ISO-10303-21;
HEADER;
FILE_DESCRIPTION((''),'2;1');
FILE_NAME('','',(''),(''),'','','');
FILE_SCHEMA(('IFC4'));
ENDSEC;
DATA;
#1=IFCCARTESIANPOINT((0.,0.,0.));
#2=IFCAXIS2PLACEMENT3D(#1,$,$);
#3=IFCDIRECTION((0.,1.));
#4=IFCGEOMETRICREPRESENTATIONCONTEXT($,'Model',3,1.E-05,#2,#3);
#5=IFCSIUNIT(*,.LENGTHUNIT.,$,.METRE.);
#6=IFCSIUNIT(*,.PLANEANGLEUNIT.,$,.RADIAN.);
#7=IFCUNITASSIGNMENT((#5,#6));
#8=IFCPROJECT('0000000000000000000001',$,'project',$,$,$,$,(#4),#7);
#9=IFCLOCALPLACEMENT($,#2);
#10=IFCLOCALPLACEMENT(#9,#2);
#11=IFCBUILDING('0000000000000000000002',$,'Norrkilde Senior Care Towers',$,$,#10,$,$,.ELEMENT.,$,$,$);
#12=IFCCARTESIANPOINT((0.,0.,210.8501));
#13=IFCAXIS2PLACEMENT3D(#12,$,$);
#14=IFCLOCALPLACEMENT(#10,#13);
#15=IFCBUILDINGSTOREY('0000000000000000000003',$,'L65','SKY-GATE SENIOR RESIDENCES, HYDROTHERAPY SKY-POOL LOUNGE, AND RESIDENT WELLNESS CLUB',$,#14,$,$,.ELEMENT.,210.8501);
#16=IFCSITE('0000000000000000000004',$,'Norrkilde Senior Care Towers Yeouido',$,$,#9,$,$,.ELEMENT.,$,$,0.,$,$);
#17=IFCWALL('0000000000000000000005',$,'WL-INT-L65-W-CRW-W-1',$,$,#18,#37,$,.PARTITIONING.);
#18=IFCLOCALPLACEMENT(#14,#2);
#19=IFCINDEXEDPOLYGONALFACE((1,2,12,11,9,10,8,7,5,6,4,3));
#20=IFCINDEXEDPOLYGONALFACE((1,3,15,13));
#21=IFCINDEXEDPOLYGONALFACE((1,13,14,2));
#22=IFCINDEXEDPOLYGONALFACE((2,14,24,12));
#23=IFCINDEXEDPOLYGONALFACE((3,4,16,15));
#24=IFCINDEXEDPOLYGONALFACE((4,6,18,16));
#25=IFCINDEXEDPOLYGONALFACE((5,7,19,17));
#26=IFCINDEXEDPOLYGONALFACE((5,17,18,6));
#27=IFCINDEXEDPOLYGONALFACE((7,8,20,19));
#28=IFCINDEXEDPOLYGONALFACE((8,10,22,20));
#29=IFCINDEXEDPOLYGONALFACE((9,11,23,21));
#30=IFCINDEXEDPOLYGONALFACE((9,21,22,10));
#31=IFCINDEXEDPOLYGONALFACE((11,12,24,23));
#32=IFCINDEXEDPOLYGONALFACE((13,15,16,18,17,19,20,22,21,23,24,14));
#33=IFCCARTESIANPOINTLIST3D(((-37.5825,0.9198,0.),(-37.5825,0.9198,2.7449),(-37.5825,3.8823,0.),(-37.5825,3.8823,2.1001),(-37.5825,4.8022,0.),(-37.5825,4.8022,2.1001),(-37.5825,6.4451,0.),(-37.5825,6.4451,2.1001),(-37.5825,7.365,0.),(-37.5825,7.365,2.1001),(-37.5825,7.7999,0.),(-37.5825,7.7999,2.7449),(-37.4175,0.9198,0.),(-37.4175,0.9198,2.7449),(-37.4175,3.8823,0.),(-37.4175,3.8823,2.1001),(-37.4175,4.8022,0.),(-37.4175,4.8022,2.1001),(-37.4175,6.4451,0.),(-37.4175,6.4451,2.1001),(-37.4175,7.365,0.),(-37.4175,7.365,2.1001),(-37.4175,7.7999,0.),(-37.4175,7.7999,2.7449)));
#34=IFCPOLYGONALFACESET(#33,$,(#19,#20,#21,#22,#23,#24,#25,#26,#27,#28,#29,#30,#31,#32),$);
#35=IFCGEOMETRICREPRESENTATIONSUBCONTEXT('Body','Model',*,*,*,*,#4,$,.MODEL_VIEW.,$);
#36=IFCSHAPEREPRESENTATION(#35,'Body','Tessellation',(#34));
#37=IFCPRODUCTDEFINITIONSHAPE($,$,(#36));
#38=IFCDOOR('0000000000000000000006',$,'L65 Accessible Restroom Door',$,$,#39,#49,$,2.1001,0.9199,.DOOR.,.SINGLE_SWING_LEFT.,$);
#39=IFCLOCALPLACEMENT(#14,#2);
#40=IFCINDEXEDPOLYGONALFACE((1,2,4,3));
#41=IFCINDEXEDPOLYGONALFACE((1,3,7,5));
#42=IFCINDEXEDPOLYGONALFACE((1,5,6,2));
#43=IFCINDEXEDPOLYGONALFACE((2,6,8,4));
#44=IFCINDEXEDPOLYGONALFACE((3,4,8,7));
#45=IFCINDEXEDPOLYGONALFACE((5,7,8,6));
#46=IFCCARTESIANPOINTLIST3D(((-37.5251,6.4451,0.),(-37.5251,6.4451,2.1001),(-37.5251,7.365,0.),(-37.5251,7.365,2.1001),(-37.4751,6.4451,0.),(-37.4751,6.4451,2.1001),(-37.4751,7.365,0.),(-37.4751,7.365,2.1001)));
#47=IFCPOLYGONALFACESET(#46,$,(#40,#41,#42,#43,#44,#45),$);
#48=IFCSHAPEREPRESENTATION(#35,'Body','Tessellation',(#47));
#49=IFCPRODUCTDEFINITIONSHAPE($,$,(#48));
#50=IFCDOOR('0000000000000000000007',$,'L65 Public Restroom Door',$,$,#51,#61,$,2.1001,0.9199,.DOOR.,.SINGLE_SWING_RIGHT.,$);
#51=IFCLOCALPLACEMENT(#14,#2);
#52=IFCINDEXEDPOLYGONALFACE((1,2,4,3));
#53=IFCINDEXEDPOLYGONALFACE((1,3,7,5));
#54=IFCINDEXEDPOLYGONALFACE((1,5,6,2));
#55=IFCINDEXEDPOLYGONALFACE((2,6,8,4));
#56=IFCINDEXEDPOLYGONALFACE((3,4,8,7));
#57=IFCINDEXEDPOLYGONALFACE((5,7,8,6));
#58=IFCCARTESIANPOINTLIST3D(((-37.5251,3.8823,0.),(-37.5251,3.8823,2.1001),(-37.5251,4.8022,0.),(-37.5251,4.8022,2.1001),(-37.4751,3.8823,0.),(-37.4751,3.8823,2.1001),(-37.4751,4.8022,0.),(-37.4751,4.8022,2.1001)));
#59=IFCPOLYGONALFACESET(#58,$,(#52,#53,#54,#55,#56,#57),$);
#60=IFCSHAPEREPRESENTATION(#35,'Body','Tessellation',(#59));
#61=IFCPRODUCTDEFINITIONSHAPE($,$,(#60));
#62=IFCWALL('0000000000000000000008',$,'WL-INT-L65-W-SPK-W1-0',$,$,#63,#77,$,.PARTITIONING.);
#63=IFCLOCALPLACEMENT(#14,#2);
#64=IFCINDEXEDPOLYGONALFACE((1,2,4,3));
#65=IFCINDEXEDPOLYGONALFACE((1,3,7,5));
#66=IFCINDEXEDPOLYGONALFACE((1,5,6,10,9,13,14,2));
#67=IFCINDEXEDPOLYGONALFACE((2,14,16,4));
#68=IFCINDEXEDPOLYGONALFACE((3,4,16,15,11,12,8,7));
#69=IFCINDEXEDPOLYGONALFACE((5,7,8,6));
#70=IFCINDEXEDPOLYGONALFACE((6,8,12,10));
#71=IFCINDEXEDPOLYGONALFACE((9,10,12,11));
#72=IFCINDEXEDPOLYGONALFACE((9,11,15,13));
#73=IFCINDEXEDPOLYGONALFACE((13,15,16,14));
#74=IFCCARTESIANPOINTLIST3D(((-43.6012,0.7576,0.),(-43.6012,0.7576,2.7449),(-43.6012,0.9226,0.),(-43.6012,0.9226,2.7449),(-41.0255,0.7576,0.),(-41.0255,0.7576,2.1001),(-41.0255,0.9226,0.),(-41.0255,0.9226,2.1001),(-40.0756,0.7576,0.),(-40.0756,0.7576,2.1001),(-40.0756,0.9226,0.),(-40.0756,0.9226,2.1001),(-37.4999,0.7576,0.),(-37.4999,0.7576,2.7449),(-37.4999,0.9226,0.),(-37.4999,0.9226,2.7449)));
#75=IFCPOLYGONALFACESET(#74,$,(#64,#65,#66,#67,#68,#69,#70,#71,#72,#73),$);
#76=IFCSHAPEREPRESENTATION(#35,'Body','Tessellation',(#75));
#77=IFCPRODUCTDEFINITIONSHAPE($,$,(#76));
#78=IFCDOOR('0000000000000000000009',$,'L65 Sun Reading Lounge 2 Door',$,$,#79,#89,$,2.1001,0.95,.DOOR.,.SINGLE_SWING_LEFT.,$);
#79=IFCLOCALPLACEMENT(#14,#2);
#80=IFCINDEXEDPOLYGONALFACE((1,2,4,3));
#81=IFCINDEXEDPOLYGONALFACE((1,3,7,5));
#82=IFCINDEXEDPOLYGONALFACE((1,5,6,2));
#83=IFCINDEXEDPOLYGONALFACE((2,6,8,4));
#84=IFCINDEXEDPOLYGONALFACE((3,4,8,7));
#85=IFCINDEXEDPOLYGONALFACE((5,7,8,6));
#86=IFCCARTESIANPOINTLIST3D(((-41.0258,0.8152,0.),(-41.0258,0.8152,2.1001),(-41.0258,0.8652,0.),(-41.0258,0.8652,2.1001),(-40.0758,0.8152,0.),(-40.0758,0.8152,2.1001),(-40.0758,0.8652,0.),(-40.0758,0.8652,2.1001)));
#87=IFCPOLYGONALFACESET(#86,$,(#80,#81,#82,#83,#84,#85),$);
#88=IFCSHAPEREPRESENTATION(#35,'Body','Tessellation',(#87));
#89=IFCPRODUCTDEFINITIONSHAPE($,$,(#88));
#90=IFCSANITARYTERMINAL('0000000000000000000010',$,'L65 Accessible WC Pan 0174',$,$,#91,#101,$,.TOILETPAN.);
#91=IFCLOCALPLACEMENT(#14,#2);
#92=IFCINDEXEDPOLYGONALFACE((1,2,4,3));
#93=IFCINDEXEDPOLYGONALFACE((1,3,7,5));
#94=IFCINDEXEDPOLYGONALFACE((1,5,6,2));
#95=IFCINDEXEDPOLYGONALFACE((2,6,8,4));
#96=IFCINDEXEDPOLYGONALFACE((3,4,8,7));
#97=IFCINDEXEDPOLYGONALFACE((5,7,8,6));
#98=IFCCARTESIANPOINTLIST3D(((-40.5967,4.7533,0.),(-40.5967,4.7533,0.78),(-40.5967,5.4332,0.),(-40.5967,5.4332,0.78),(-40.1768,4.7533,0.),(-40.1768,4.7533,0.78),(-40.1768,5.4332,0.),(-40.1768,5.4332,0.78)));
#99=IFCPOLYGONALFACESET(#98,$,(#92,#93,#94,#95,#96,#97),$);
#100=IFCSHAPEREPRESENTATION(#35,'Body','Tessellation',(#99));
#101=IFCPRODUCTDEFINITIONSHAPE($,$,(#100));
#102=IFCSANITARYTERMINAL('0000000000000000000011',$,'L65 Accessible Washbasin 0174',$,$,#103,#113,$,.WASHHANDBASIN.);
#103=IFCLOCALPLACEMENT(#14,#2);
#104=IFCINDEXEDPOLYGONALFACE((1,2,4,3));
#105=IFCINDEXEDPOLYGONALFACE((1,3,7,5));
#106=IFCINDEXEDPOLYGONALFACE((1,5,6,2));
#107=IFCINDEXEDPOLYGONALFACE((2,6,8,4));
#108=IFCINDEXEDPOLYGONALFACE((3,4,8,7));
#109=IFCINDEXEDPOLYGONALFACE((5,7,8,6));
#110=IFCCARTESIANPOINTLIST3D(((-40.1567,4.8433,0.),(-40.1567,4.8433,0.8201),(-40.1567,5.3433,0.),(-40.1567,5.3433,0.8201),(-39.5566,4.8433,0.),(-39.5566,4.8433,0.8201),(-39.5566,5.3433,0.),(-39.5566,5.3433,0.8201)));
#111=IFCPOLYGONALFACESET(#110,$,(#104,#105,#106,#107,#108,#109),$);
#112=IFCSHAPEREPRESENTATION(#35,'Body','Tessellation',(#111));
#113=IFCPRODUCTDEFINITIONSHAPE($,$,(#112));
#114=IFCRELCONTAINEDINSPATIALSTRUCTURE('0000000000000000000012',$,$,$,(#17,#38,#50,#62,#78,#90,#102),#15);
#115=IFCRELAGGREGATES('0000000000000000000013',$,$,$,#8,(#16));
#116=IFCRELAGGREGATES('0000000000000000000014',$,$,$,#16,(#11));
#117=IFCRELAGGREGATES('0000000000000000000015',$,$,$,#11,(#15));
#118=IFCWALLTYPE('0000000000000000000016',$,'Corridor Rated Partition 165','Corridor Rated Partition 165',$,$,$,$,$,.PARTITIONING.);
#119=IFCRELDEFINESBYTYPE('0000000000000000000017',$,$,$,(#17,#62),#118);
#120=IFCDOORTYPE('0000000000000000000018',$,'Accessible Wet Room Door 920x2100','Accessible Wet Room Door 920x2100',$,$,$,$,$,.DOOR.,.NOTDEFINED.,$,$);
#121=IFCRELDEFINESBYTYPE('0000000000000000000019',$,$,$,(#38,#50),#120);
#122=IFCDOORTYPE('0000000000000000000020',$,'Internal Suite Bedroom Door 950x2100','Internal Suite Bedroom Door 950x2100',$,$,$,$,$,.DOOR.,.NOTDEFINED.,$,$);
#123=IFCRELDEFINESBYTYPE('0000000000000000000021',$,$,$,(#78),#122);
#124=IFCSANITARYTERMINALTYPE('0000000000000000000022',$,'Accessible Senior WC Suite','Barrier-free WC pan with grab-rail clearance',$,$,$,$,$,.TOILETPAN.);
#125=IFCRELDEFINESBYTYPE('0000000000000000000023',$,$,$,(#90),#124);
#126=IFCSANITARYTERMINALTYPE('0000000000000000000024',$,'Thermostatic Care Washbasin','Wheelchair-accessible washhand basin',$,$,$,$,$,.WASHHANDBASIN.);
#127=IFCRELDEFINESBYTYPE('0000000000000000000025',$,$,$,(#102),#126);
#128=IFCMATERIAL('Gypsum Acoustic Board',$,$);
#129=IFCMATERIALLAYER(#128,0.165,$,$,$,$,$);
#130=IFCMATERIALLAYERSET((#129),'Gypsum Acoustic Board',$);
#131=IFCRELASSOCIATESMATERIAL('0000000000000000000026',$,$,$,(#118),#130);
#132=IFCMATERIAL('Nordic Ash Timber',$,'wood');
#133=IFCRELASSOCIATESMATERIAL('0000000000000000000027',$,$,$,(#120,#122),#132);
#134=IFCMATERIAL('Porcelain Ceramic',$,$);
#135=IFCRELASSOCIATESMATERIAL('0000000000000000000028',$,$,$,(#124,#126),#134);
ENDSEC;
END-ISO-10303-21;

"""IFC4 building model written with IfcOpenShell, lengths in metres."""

from ifc_helpers import new_model, si_unit, direction, frame, frame_2d, origin, origin_2d, place, context, subcontext, project, spatial, rectangle, extrude, source, transform, mapped, material, layer, layer_set, type_object, type_shapes, element, fill, save


model = new_model("IFC4")

# Units and contexts
model_context = context("Model", 3, precision=1e-05, world=origin(), true_north=direction((0.0, 1.0)))
body_context = subcontext(model_context, "Body", "Model", "MODEL_VIEW")
ifc_project = project(units=[si_unit("LENGTHUNIT", "METRE"), si_unit("PLANEANGLEUNIT", "RADIAN")], contexts=[model_context])

# Site, building, storey
site_placement = place(None, origin())
site = spatial("IfcSite", under=ifc_project, at=site_placement, Name="Norrkilde Senior Care Towers Yeouido", CompositionType="ELEMENT", RefElevation=0.0)
building_placement = place(site_placement, origin())
building = spatial("IfcBuilding", under=site, at=building_placement, Name="Norrkilde Senior Care Towers", CompositionType="ELEMENT")
storey_placement = place(building_placement, frame((0.0, 0.0, 210.8501)))
storey = spatial("IfcBuildingStorey", under=building, at=storey_placement, Name="L65", Description="SKY-GATE SENIOR RESIDENCES, HYDROTHERAPY SKY-POOL LOUNGE, AND RESIDENT WELLNESS CLUB", CompositionType="ELEMENT", Elevation=210.8501)

# Shared definitions
ifc_material_1 = material(Name="Gypsum Acoustic Board")
ifc_layer_1 = layer(ifc_material_1, 0.165)
ifc_layer_set_1 = layer_set([ifc_layer_1], Name="Gypsum Acoustic Board")
wall_type_1 = type_object("IfcWallType", Name="Corridor Rated Partition 165", Description="Corridor Rated Partition 165", PredefinedType="PARTITIONING", material=ifc_layer_set_1)

# Wall, openings, doors
shared_shape_1 = source(origin(), body_context, "Body", "SweptSolid", [
    extrude(rectangle(XDim=6.8801, YDim=0.165, at=frame_2d((3.4399, 0.0))), origin(), (0.0, 0.0, 1.0), 2.7449),
])
wall_1_placement = place(storey_placement, frame((-37.5, 0.9199, 0.0), z_axis=(0.0, 0.0, 1.0), x_axis=(0.0, 1.0, 0.0)))
wall_1 = element("IfcWall", 1, at=wall_1_placement, inside=storey, type_object=wall_type_1, Name="WL-INT-L65-W-CRW-W-1", PredefinedType="PARTITIONING", context=body_context, shape_type="MappedRepresentation", body=[
    mapped(shared_shape_1, transform((0.0, 0.0, 0.0), x_axis=(1.0, 0.0, 0.0), y_axis=(0.0, 1.0, 0.0), z_axis=(0.0, 0.0, 1.0), scale=1.0)),
])
opening_1_placement = place(wall_1_placement, frame((5.5251, 0.0, 0.0)))
opening_1 = element("IfcOpeningElement", 2, at=opening_1_placement, cuts=wall_1, PredefinedType="OPENING", context=body_context, shape_type="SweptSolid", body=[
    extrude(rectangle(XDim=0.9199, YDim=2.1001, at=frame_2d((0.46, 1.05))), frame((0.0, 0.0925, 0.0), z_axis=(0.0, -1.0, 0.0), x_axis=(1.0, 0.0, 0.0)), (0.0, 0.0, 1.0), 0.1851),
])
opening_2_placement = place(wall_1_placement, frame((2.9624, 0.0, 0.0)))
opening_2 = element("IfcOpeningElement", 3, at=opening_2_placement, cuts=wall_1, PredefinedType="OPENING", context=body_context, shape_type="SweptSolid", body=[
    extrude(rectangle(XDim=0.9199, YDim=2.1001, at=frame_2d((0.46, 1.05))), frame((0.0, 0.0925, 0.0), z_axis=(0.0, -1.0, 0.0), x_axis=(1.0, 0.0, 0.0)), (0.0, 0.0, 1.0), 0.1851),
])
ifc_material_2 = material(Name="Nordic Ash Timber", Category="wood")
door_type_1 = type_object("IfcDoorType", Name="Accessible Wet Room Door 920x2100", Description="Accessible Wet Room Door 920x2100", OperationType="NOTDEFINED", PredefinedType="DOOR", material=ifc_material_2)
shared_shape_2 = source(origin(), body_context, "Body", "SweptSolid", [
    extrude(rectangle(XDim=0.9199, YDim=2.1001, at=frame_2d((0.46, 1.05))), frame((0.0, 0.0249, 0.0), z_axis=(0.0, -1.0, 0.0), x_axis=(1.0, 0.0, 0.0)), (0.0, 0.0, 1.0), 0.05),
])
type_shapes(door_type_1, [shared_shape_2])
door_1_placement = place(opening_1_placement, frame((0.9199, 0.0, 0.0), z_axis=(0.0, 0.0, 1.0), x_axis=(-1.0, 0.0, 0.0)))
door_1 = element("IfcDoor", 4, at=door_1_placement, inside=storey, type_object=door_type_1, Name="L65 Accessible Restroom Door", OperationType="SINGLE_SWING_LEFT", OverallHeight=2.1001, OverallWidth=0.9199, PredefinedType="DOOR", context=body_context, shape_type="MappedRepresentation", body=[
    mapped(shared_shape_2, transform((0.0, 0.0, 0.0), x_axis=(1.0, 0.0, 0.0), y_axis=(0.0, 1.0, 0.0), z_axis=(0.0, 0.0, 1.0), scale=1.0)),
])
fill(opening_1, door_1)
door_2_placement = place(opening_2_placement, frame((0.9199, 0.0, 0.0), z_axis=(0.0, 0.0, 1.0), x_axis=(-1.0, 0.0, 0.0)))
door_2 = element("IfcDoor", 5, at=door_2_placement, inside=storey, type_object=door_type_1, Name="L65 Public Restroom Door", OperationType="SINGLE_SWING_RIGHT", OverallHeight=2.1001, OverallWidth=0.9199, PredefinedType="DOOR", context=body_context, shape_type="MappedRepresentation", body=[
    mapped(shared_shape_2, transform((0.0, 0.0, 0.0), x_axis=(1.0, 0.0, 0.0), y_axis=(0.0, 1.0, 0.0), z_axis=(0.0, 0.0, 1.0), scale=1.0)),
])
fill(opening_2, door_2)

# Wall, opening, door
shared_shape_3 = source(origin(), body_context, "Body", "SweptSolid", [
    extrude(rectangle(XDim=6.1013, YDim=0.165, at=frame_2d((3.0508, 0.0))), origin(), (0.0, 0.0, 1.0), 2.7449),
])
wall_2_placement = place(storey_placement, frame((-43.6013, 0.8401, 0.0), z_axis=(0.0, 0.0, 1.0), x_axis=(1.0, 0.0, 0.0)))
wall_2 = element("IfcWall", 6, at=wall_2_placement, inside=storey, type_object=wall_type_1, Name="WL-INT-L65-W-SPK-W1-0", PredefinedType="PARTITIONING", context=body_context, shape_type="MappedRepresentation", body=[
    mapped(shared_shape_3, transform((0.0, 0.0, 0.0), x_axis=(1.0, 0.0, 0.0), y_axis=(0.0, 1.0, 0.0), z_axis=(0.0, 0.0, 1.0), scale=1.0)),
])
opening_3_placement = place(wall_2_placement, frame((2.5757, 0.0, 0.0)))
opening_3 = element("IfcOpeningElement", 7, at=opening_3_placement, cuts=wall_2, PredefinedType="OPENING", context=body_context, shape_type="SweptSolid", body=[
    extrude(rectangle(XDim=0.95, YDim=2.1001, at=frame_2d((0.4751, 1.05))), frame((0.0, 0.0925, 0.0), z_axis=(0.0, -1.0, 0.0), x_axis=(1.0, 0.0, 0.0)), (0.0, 0.0, 1.0), 0.1851),
])
door_type_2 = type_object("IfcDoorType", Name="Internal Suite Bedroom Door 950x2100", Description="Internal Suite Bedroom Door 950x2100", OperationType="NOTDEFINED", PredefinedType="DOOR", material=ifc_material_2)
shared_shape_4 = source(origin(), body_context, "Body", "SweptSolid", [
    extrude(rectangle(XDim=0.95, YDim=2.1001, at=frame_2d((0.4751, 1.05))), frame((0.0, 0.0249, 0.0), z_axis=(0.0, -1.0, 0.0), x_axis=(1.0, 0.0, 0.0)), (0.0, 0.0, 1.0), 0.05),
])
type_shapes(door_type_2, [shared_shape_4])
door_3_placement = place(opening_3_placement, frame((0.95, 0.0, 0.0), z_axis=(0.0, 0.0, 1.0), x_axis=(-1.0, 0.0, 0.0)))
door_3 = element("IfcDoor", 8, at=door_3_placement, inside=storey, type_object=door_type_2, Name="L65 Sun Reading Lounge 2 Door", OperationType="SINGLE_SWING_LEFT", OverallHeight=2.1001, OverallWidth=0.95, PredefinedType="DOOR", context=body_context, shape_type="MappedRepresentation", body=[
    mapped(shared_shape_4, transform((0.0, 0.0, 0.0), x_axis=(1.0, 0.0, 0.0), y_axis=(0.0, 1.0, 0.0), z_axis=(0.0, 0.0, 1.0), scale=1.0)),
])
fill(opening_3, door_3)

# Sanitary terminals
ifc_material_3 = material(Name="Porcelain Ceramic")
sanitary_terminal_type_1 = type_object("IfcSanitaryTerminalType", Name="Accessible Senior WC Suite", Description="Barrier-free WC pan with grab-rail clearance", PredefinedType="TOILETPAN", material=ifc_material_3)
shared_shape_5 = source(origin(), body_context, "Body", "SweptSolid", [
    extrude(rectangle(XDim=0.4199, YDim=0.6799, at=origin_2d()), origin(), (0.0, 0.0, 1.0), 0.78),
])
type_shapes(sanitary_terminal_type_1, [shared_shape_5])
sanitary_terminal_1_placement = place(storey_placement, frame((-40.3867, 5.0933, 0.0), z_axis=(0.0, 0.0, 1.0), x_axis=(1.0, 0.0, 0.0)))
element("IfcSanitaryTerminal", 9, at=sanitary_terminal_1_placement, inside=storey, type_object=sanitary_terminal_type_1, Name="L65 Accessible WC Pan 0174", PredefinedType="TOILETPAN", context=body_context, shape_type="MappedRepresentation", body=[
    mapped(shared_shape_5, transform((0.0, 0.0, 0.0), x_axis=(1.0, 0.0, 0.0), y_axis=(0.0, 1.0, 0.0), z_axis=(0.0, 0.0, 1.0), scale=1.0)),
])
sanitary_terminal_type_2 = type_object("IfcSanitaryTerminalType", Name="Thermostatic Care Washbasin", Description="Wheelchair-accessible washhand basin", PredefinedType="WASHHANDBASIN", material=ifc_material_3)
shared_shape_6 = source(origin(), body_context, "Body", "SweptSolid", [
    extrude(rectangle(XDim=0.6001, YDim=0.5, at=origin_2d()), origin(), (0.0, 0.0, 1.0), 0.8201),
])
type_shapes(sanitary_terminal_type_2, [shared_shape_6])
sanitary_terminal_2_placement = place(storey_placement, frame((-39.8567, 5.0933, 0.0), z_axis=(0.0, 0.0, 1.0), x_axis=(1.0, 0.0, 0.0)))
element("IfcSanitaryTerminal", 10, at=sanitary_terminal_2_placement, inside=storey, type_object=sanitary_terminal_type_2, Name="L65 Accessible Washbasin 0174", PredefinedType="WASHHANDBASIN", context=body_context, shape_type="MappedRepresentation", body=[
    mapped(shared_shape_6, transform((0.0, 0.0, 0.0), x_axis=(1.0, 0.0, 0.0), y_axis=(0.0, 1.0, 0.0), z_axis=(0.0, 0.0, 1.0), scale=1.0)),
])

save(model, "model.ifc")
